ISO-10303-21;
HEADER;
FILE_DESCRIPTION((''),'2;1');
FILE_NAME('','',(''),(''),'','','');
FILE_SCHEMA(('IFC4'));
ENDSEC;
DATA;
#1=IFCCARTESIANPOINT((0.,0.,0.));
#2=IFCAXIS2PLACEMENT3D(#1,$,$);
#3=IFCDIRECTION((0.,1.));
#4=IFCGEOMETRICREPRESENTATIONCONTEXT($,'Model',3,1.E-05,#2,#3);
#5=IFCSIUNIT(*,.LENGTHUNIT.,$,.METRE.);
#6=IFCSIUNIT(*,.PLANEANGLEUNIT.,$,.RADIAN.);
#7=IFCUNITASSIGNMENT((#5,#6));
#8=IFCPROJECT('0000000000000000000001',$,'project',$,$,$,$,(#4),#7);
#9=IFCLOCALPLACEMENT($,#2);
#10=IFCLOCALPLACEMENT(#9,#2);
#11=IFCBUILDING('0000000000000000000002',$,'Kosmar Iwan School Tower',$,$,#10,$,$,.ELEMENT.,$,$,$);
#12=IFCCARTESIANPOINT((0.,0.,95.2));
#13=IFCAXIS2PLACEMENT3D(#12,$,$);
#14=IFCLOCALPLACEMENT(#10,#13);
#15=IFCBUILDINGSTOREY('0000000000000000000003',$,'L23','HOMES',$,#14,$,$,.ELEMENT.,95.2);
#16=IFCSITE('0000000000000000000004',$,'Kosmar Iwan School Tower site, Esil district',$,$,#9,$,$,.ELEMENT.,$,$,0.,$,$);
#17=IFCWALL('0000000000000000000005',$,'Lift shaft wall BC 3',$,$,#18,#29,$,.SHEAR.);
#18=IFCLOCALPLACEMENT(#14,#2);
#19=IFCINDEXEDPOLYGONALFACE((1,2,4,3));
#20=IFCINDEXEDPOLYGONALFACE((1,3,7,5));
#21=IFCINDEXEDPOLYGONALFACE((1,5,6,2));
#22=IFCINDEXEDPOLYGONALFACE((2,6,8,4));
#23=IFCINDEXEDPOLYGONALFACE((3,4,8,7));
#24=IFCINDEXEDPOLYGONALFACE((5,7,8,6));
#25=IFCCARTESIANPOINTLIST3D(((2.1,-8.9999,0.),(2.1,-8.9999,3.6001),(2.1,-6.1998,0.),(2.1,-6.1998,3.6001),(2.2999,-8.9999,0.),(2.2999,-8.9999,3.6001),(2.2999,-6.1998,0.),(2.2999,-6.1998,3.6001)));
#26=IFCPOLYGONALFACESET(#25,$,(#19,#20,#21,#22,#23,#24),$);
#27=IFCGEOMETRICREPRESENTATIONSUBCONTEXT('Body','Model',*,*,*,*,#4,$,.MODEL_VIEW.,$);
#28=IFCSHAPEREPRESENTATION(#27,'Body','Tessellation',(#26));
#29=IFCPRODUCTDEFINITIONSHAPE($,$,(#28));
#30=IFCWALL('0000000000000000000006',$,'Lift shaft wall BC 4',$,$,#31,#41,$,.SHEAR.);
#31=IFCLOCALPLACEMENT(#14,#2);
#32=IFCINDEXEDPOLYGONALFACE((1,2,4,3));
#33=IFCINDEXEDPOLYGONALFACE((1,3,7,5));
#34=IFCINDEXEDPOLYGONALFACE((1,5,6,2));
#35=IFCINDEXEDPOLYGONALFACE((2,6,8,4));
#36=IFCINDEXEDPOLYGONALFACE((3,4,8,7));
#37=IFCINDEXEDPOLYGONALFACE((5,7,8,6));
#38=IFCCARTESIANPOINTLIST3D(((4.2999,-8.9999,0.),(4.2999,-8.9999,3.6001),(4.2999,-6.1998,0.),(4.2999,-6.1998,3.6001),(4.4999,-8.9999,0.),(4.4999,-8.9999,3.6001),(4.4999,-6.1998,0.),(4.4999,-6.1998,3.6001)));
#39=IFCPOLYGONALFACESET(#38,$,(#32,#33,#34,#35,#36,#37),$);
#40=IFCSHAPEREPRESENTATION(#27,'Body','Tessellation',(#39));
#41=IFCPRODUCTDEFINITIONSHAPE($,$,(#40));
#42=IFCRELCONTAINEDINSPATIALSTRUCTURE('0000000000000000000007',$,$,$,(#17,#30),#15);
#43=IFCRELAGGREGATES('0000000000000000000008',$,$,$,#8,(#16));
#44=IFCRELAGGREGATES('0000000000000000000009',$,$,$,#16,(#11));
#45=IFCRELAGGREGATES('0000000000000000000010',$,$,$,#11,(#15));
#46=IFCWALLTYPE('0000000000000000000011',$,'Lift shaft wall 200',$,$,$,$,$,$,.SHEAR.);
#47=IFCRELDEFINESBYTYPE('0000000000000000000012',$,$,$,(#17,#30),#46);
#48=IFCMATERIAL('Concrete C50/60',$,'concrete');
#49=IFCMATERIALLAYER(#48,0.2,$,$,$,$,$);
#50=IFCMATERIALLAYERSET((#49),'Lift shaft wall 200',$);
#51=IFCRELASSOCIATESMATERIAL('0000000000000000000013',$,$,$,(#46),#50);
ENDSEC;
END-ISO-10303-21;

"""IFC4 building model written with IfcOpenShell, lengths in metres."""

from ifc_helpers import new_model, si_unit, direction, frame, frame_2d, origin, place, context, subcontext, project, spatial, rectangle, extrude, material, layer, layer_set, type_object, element, save


model = new_model("IFC4")

# Units and contexts
model_context = context("Model", 3, precision=1e-05, world=origin(), true_north=direction((0.0, 1.0)))
body_context = subcontext(model_context, "Body", "Model", "MODEL_VIEW")
ifc_project = project(units=[si_unit("LENGTHUNIT", "METRE"), si_unit("PLANEANGLEUNIT", "RADIAN")], contexts=[model_context])

# Site, building, storey
site_placement = place(None, origin())
site = spatial("IfcSite", under=ifc_project, at=site_placement, Name="Kosmar Iwan School Tower site, Esil district", CompositionType="ELEMENT", RefElevation=0.0)
building_placement = place(site_placement, origin())
building = spatial("IfcBuilding", under=site, at=building_placement, Name="Kosmar Iwan School Tower", CompositionType="ELEMENT")
storey_placement = place(building_placement, frame((0.0, 0.0, 95.2)))
storey = spatial("IfcBuildingStorey", under=building, at=storey_placement, Name="L23", Description="HOMES", CompositionType="ELEMENT", Elevation=95.2)

# Walls
ifc_material_1 = material(Name="Concrete C50/60", Category="concrete")
ifc_layer_1 = layer(ifc_material_1, 0.2)
ifc_layer_set_1 = layer_set([ifc_layer_1], Name="Lift shaft wall 200")
wall_type_1 = type_object("IfcWallType", Name="Lift shaft wall 200", PredefinedType="SHEAR", material=ifc_layer_set_1)
for number, where, z_axis, x_axis, name in (
    (1, (2.2, -6.2, 0.0), (0.0, 0.0, 1.0), (0.0, -1.0, 0.0), "Lift shaft wall BC 3"),
    (2, (4.3999, -6.2, 0.0), (0.0, 0.0, 1.0), (0.0, -1.0, 0.0), "Lift shaft wall BC 4"),
):
    element("IfcWall", number, at=place(storey_placement, frame(where, z_axis=z_axis, x_axis=x_axis)), inside=storey, type_object=wall_type_1, Name=name, PredefinedType="SHEAR", context=body_context, shape_type="SweptSolid", body=[
        extrude(rectangle(XDim=2.8, YDim=0.2, at=frame_2d((1.3999, 0.0))), origin(), (0.0, 0.0, 1.0), 3.6001),
    ])

save(model, "model.ifc")
